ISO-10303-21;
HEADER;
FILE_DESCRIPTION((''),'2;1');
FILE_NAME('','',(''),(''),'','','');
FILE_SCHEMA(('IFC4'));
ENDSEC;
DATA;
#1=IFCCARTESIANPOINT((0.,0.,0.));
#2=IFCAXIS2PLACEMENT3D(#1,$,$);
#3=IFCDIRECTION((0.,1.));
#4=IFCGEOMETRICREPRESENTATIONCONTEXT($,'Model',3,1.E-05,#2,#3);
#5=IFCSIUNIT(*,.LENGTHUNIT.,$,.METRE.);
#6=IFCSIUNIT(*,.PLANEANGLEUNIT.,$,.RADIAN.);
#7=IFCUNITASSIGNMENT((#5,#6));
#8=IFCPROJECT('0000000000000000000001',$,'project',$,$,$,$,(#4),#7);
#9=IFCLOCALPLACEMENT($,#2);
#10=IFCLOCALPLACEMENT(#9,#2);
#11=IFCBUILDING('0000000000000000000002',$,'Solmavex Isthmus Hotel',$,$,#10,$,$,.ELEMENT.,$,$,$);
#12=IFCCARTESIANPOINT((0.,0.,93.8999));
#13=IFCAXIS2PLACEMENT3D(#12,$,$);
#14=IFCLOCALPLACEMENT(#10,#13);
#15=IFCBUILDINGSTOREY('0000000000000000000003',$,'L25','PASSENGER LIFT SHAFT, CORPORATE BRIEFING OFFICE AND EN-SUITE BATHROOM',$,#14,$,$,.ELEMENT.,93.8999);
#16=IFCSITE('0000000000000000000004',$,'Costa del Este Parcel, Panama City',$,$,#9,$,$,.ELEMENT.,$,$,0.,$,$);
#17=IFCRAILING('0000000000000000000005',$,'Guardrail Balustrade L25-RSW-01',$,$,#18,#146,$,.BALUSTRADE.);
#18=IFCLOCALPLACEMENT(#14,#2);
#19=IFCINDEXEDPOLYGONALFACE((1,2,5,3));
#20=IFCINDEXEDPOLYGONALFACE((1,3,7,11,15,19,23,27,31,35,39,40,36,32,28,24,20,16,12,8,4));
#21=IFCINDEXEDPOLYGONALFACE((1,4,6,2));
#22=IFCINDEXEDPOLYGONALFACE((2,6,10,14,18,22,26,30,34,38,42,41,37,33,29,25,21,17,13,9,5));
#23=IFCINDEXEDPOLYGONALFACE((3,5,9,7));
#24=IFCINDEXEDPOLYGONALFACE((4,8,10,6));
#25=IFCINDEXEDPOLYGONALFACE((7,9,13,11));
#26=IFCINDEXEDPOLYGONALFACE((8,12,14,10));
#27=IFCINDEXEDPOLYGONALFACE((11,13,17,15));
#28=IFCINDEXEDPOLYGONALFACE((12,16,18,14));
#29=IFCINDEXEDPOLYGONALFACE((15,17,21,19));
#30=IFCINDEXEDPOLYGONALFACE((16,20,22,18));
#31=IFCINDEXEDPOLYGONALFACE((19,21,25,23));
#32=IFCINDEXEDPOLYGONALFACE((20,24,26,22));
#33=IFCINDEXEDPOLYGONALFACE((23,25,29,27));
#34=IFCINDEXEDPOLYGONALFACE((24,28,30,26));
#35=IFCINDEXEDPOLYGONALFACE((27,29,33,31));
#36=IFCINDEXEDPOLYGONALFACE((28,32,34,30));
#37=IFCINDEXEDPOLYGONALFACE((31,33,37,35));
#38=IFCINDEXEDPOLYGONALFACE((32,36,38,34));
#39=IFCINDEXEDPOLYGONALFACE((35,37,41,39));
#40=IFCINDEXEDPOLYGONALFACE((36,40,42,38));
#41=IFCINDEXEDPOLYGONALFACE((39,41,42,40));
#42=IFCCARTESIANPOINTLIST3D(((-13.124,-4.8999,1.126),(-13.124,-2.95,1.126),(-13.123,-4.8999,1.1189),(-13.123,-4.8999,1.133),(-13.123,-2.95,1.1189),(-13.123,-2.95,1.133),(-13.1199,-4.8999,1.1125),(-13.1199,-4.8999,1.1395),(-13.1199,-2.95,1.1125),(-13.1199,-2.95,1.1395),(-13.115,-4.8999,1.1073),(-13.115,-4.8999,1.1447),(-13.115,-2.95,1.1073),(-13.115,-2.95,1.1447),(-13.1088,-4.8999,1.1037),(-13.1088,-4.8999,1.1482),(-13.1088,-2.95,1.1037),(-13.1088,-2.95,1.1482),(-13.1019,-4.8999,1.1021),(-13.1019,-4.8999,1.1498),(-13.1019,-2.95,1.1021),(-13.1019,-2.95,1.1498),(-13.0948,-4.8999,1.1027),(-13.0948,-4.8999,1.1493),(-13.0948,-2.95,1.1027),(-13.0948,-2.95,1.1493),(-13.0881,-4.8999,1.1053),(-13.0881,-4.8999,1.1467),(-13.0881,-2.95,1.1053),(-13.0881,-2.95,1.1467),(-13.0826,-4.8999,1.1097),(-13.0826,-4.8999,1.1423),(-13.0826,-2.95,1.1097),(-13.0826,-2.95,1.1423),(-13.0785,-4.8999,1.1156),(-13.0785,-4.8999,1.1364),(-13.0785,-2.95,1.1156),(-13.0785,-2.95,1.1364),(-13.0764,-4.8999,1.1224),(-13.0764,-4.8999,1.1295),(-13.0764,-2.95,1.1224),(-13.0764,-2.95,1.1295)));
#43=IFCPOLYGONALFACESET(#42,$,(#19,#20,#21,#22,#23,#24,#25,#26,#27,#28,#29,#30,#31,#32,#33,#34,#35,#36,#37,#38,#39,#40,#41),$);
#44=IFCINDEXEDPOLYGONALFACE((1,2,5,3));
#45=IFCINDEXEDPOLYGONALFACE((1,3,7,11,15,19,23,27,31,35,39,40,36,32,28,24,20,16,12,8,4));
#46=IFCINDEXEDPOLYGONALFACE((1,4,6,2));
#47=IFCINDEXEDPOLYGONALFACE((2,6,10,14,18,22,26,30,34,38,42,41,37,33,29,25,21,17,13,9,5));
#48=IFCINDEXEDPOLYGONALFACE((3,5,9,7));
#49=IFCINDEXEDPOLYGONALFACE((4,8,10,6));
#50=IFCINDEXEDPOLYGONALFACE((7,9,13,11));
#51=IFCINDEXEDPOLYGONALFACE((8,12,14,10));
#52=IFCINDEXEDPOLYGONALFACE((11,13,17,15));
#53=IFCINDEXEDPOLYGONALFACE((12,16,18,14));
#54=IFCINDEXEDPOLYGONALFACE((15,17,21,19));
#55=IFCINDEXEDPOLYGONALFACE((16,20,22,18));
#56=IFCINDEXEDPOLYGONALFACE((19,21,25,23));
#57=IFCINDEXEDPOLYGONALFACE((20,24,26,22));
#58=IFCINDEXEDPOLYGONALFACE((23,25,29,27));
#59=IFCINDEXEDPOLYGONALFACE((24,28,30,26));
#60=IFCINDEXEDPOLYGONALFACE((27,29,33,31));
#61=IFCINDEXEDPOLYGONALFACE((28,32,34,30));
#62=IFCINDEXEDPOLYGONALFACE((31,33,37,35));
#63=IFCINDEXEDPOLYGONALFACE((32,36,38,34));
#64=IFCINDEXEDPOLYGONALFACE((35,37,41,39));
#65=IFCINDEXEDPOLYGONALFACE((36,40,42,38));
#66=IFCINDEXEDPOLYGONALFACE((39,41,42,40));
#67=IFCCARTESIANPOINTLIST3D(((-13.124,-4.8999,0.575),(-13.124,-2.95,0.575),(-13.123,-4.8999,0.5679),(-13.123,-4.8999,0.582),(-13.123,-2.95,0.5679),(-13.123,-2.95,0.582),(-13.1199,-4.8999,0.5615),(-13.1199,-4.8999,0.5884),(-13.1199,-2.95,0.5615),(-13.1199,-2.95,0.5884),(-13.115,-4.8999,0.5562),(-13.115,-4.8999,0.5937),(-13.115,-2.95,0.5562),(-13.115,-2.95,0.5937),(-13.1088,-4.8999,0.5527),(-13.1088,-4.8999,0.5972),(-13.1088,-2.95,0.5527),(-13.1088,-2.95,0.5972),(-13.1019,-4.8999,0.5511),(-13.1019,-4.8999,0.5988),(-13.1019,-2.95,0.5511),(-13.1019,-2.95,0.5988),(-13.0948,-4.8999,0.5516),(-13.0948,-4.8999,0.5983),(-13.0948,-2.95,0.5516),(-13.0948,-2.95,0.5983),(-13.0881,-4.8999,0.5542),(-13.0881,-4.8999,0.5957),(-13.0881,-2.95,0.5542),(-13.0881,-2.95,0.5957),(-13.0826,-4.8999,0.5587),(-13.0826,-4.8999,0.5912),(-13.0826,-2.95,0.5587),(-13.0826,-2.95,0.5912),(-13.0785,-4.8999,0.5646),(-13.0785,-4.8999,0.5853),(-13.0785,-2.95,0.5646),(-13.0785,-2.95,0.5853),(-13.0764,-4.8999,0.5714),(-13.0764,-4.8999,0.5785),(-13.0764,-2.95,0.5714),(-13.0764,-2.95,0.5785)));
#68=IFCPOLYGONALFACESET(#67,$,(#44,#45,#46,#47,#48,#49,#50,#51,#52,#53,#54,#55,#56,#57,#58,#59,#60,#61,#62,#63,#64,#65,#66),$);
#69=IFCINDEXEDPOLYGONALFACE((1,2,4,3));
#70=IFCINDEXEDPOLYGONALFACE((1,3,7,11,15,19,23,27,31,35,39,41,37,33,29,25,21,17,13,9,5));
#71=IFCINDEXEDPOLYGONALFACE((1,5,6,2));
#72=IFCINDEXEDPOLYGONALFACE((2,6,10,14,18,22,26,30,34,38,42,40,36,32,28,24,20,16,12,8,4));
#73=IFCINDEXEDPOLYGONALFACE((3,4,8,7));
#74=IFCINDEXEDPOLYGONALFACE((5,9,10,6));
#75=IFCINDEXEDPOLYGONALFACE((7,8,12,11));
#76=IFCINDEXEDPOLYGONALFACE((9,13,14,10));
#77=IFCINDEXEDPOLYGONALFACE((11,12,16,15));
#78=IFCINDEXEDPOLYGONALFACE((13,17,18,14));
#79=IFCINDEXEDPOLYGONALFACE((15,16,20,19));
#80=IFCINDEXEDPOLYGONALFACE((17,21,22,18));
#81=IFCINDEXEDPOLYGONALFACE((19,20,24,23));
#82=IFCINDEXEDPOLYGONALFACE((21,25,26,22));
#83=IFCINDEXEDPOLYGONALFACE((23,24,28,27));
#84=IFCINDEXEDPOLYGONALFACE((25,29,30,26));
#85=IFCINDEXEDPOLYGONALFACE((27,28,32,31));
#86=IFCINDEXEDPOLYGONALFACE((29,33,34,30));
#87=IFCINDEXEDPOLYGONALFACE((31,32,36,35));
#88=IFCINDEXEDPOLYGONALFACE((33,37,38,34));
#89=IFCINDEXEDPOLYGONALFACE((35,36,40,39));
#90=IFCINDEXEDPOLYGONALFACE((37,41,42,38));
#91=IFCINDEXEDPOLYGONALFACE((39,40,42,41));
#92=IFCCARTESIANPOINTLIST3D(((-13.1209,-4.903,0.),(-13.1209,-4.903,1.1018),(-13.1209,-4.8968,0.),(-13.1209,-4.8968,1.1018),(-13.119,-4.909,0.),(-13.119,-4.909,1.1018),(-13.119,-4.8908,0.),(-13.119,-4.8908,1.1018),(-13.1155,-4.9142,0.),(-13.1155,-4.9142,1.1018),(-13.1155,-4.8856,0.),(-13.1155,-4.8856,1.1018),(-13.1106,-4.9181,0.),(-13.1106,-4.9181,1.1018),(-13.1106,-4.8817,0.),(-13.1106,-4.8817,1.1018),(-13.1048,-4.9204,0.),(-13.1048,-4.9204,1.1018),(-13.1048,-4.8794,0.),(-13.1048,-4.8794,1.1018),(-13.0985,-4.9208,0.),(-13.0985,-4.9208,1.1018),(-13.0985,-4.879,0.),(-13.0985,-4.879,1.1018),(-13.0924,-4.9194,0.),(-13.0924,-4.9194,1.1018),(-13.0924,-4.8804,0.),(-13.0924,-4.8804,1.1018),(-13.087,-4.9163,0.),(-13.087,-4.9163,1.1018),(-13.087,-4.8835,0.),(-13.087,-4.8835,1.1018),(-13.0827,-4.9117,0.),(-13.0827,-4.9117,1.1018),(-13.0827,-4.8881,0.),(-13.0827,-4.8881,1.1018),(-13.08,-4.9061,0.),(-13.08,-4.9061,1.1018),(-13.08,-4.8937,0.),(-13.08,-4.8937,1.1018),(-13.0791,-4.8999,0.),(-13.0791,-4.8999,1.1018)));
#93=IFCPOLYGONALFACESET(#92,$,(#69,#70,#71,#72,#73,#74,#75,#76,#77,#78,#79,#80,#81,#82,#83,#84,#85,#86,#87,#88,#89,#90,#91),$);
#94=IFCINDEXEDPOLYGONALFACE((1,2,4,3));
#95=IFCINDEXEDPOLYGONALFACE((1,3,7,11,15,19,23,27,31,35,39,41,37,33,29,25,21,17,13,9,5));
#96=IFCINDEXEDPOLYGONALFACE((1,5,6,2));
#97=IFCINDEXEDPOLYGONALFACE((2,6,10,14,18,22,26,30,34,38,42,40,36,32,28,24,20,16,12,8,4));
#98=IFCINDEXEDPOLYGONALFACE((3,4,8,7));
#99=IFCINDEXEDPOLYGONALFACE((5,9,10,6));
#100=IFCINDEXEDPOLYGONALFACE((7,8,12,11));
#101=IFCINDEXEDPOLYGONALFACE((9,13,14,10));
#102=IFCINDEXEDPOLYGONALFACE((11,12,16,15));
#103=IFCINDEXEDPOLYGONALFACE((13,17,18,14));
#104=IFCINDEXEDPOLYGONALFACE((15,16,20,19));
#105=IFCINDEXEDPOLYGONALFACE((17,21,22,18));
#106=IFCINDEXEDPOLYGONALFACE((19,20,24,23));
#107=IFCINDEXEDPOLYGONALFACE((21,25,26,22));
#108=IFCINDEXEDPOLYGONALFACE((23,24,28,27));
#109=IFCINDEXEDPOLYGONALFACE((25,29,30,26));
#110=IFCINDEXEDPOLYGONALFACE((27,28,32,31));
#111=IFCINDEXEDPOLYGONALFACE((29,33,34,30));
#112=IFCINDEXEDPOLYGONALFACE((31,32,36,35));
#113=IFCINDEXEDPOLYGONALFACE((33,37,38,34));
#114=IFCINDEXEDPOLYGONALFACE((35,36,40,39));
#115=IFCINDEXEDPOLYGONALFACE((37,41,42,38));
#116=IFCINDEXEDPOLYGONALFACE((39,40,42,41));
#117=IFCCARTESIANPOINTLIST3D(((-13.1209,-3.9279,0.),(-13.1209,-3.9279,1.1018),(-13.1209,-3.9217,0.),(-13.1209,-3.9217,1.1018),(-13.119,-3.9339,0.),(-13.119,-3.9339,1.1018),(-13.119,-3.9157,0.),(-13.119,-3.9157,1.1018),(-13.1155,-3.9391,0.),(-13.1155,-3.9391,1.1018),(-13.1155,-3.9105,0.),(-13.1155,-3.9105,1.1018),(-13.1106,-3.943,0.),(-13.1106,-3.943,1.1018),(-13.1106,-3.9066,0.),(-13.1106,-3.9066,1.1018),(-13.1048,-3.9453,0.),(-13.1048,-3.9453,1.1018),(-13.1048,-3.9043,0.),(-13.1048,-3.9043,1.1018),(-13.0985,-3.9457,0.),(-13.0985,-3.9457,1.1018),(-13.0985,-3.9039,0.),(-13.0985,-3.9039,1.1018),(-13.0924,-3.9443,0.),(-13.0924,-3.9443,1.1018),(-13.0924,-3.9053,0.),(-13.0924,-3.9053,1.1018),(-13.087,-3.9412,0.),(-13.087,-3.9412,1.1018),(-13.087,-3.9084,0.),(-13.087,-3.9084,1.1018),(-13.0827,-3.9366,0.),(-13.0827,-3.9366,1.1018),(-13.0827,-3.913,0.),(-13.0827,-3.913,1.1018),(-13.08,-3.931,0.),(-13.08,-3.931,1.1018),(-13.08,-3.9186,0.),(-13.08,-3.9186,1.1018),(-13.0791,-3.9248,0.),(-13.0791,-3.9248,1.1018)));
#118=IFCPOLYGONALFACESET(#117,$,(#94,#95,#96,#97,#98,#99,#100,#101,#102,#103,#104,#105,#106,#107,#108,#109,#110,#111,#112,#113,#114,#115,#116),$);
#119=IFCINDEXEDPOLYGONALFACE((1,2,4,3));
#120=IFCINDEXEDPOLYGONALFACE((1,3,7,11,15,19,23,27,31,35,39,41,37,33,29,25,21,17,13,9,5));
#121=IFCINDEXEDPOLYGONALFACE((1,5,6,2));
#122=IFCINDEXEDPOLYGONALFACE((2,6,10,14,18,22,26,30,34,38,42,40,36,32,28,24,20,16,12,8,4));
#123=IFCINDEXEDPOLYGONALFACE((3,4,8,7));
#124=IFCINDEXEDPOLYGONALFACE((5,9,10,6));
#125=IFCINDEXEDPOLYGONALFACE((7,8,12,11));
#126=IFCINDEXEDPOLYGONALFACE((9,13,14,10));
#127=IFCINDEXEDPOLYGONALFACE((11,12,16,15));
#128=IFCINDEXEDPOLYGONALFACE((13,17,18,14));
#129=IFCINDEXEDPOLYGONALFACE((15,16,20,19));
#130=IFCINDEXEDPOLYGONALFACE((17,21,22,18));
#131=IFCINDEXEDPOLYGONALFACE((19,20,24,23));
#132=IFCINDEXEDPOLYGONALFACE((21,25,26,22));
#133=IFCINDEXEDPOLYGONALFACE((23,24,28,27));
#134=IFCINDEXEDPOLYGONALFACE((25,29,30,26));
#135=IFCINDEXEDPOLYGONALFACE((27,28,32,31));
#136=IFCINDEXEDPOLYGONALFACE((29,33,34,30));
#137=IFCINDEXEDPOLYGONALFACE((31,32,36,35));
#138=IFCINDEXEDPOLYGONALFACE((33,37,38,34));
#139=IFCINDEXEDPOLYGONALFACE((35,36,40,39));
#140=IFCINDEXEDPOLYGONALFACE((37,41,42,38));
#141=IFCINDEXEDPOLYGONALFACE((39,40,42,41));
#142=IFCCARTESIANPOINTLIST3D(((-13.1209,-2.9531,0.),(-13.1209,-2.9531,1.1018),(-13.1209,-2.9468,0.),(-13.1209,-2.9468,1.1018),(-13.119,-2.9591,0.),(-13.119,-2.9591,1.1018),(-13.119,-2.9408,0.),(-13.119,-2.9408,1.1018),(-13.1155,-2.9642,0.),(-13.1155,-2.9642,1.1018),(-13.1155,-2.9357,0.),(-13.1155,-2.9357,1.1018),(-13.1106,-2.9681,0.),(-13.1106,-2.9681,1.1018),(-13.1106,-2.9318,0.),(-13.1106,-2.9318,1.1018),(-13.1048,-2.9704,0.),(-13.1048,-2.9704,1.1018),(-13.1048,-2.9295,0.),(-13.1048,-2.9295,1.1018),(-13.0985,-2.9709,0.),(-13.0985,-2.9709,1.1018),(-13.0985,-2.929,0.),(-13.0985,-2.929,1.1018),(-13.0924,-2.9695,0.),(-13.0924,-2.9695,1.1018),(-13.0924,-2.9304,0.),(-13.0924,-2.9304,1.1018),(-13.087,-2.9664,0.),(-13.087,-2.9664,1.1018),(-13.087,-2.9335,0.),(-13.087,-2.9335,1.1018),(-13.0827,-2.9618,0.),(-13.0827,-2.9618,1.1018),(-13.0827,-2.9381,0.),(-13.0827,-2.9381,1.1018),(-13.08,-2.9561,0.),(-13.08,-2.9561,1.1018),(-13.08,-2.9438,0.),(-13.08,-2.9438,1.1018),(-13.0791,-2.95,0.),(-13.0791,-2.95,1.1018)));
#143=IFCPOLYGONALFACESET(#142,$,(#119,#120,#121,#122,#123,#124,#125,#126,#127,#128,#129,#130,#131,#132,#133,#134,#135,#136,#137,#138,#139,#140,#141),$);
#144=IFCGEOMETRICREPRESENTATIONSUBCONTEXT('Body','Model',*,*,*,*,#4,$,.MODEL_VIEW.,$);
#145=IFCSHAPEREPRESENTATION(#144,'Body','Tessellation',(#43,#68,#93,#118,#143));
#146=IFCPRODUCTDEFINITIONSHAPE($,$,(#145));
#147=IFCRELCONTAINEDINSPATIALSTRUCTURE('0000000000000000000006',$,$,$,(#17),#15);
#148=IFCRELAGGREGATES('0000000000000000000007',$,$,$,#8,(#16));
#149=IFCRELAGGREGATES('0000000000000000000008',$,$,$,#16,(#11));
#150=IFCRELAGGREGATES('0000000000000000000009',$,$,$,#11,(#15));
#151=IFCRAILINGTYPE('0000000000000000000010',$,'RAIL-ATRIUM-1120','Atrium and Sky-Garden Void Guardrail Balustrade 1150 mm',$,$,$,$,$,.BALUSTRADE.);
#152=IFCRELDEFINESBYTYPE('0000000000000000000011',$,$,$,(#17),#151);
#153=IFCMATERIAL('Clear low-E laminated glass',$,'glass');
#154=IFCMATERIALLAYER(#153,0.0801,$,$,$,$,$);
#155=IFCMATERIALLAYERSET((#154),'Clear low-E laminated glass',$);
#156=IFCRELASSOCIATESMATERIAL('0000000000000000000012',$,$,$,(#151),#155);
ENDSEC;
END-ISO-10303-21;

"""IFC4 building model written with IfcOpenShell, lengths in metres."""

from ifc_helpers import new_model, si_unit, direction, frame, origin, origin_2d, place, context, subcontext, project, spatial, circle, extrude, material, layer, layer_set, type_object, element, save


model = new_model("IFC4")

# Units and contexts
model_context = context("Model", 3, precision=1e-05, world=origin(), true_north=direction((0.0, 1.0)))
body_context = subcontext(model_context, "Body", "Model", "MODEL_VIEW")
ifc_project = project(units=[si_unit("LENGTHUNIT", "METRE"), si_unit("PLANEANGLEUNIT", "RADIAN")], contexts=[model_context])

# Site, building, storey
site_placement = place(None, origin())
site = spatial("IfcSite", under=ifc_project, at=site_placement, Name="Costa del Este Parcel, Panama City", CompositionType="ELEMENT", RefElevation=0.0)
building_placement = place(site_placement, origin())
building = spatial("IfcBuilding", under=site, at=building_placement, Name="Solmavex Isthmus Hotel", CompositionType="ELEMENT")
storey_placement = place(building_placement, frame((0.0, 0.0, 93.8999)))
storey = spatial("IfcBuildingStorey", under=building, at=storey_placement, Name="L25", Description="PASSENGER LIFT SHAFT, CORPORATE BRIEFING OFFICE AND EN-SUITE BATHROOM", CompositionType="ELEMENT", Elevation=93.8999)

# Shared definitions
ifc_material_1 = material(Name="Clear low-E laminated glass", Category="glass")

# Railing
ifc_layer_1 = layer(ifc_material_1, 0.0801)
ifc_layer_set_1 = layer_set([ifc_layer_1], Name="Clear low-E laminated glass")
railing_type_1 = type_object("IfcRailingType", Name="RAIL-ATRIUM-1120", Description="Atrium and Sky-Garden Void Guardrail Balustrade 1150 mm", PredefinedType="BALUSTRADE", material=ifc_layer_set_1)
railing_1_placement = place(storey_placement, frame((-13.1001, -4.8999, 0.0)))
element("IfcRailing", 1, at=railing_1_placement, inside=storey, type_object=railing_type_1, Name="Guardrail Balustrade L25-RSW-01", PredefinedType="BALUSTRADE", context=body_context, shape_type="SweptSolid", body=[
    extrude(circle(Radius=0.0239, at=origin_2d()), frame((0.0, 0.0, 1.126), z_axis=(0.0, 1.0, 0.0), x_axis=(-1.0, 0.0, 0.0)), (0.0, 0.0, 1.0), 1.95),
    extrude(circle(Radius=0.0239, at=origin_2d()), frame((0.0, 0.0, 0.575), z_axis=(0.0, 1.0, 0.0), x_axis=(-1.0, 0.0, 0.0)), (0.0, 0.0, 1.0), 1.95),
    extrude(circle(Radius=0.021, at=origin_2d()), origin(), (0.0, 0.0, 1.0), 1.1018),
    extrude(circle(Radius=0.021, at=origin_2d()), frame((0.0, 0.9751, 0.0)), (0.0, 0.0, 1.0), 1.1018),
    extrude(circle(Radius=0.021, at=origin_2d()), frame((0.0, 1.95, 0.0)), (0.0, 0.0, 1.0), 1.1018),
])

save(model, "model.ifc")
